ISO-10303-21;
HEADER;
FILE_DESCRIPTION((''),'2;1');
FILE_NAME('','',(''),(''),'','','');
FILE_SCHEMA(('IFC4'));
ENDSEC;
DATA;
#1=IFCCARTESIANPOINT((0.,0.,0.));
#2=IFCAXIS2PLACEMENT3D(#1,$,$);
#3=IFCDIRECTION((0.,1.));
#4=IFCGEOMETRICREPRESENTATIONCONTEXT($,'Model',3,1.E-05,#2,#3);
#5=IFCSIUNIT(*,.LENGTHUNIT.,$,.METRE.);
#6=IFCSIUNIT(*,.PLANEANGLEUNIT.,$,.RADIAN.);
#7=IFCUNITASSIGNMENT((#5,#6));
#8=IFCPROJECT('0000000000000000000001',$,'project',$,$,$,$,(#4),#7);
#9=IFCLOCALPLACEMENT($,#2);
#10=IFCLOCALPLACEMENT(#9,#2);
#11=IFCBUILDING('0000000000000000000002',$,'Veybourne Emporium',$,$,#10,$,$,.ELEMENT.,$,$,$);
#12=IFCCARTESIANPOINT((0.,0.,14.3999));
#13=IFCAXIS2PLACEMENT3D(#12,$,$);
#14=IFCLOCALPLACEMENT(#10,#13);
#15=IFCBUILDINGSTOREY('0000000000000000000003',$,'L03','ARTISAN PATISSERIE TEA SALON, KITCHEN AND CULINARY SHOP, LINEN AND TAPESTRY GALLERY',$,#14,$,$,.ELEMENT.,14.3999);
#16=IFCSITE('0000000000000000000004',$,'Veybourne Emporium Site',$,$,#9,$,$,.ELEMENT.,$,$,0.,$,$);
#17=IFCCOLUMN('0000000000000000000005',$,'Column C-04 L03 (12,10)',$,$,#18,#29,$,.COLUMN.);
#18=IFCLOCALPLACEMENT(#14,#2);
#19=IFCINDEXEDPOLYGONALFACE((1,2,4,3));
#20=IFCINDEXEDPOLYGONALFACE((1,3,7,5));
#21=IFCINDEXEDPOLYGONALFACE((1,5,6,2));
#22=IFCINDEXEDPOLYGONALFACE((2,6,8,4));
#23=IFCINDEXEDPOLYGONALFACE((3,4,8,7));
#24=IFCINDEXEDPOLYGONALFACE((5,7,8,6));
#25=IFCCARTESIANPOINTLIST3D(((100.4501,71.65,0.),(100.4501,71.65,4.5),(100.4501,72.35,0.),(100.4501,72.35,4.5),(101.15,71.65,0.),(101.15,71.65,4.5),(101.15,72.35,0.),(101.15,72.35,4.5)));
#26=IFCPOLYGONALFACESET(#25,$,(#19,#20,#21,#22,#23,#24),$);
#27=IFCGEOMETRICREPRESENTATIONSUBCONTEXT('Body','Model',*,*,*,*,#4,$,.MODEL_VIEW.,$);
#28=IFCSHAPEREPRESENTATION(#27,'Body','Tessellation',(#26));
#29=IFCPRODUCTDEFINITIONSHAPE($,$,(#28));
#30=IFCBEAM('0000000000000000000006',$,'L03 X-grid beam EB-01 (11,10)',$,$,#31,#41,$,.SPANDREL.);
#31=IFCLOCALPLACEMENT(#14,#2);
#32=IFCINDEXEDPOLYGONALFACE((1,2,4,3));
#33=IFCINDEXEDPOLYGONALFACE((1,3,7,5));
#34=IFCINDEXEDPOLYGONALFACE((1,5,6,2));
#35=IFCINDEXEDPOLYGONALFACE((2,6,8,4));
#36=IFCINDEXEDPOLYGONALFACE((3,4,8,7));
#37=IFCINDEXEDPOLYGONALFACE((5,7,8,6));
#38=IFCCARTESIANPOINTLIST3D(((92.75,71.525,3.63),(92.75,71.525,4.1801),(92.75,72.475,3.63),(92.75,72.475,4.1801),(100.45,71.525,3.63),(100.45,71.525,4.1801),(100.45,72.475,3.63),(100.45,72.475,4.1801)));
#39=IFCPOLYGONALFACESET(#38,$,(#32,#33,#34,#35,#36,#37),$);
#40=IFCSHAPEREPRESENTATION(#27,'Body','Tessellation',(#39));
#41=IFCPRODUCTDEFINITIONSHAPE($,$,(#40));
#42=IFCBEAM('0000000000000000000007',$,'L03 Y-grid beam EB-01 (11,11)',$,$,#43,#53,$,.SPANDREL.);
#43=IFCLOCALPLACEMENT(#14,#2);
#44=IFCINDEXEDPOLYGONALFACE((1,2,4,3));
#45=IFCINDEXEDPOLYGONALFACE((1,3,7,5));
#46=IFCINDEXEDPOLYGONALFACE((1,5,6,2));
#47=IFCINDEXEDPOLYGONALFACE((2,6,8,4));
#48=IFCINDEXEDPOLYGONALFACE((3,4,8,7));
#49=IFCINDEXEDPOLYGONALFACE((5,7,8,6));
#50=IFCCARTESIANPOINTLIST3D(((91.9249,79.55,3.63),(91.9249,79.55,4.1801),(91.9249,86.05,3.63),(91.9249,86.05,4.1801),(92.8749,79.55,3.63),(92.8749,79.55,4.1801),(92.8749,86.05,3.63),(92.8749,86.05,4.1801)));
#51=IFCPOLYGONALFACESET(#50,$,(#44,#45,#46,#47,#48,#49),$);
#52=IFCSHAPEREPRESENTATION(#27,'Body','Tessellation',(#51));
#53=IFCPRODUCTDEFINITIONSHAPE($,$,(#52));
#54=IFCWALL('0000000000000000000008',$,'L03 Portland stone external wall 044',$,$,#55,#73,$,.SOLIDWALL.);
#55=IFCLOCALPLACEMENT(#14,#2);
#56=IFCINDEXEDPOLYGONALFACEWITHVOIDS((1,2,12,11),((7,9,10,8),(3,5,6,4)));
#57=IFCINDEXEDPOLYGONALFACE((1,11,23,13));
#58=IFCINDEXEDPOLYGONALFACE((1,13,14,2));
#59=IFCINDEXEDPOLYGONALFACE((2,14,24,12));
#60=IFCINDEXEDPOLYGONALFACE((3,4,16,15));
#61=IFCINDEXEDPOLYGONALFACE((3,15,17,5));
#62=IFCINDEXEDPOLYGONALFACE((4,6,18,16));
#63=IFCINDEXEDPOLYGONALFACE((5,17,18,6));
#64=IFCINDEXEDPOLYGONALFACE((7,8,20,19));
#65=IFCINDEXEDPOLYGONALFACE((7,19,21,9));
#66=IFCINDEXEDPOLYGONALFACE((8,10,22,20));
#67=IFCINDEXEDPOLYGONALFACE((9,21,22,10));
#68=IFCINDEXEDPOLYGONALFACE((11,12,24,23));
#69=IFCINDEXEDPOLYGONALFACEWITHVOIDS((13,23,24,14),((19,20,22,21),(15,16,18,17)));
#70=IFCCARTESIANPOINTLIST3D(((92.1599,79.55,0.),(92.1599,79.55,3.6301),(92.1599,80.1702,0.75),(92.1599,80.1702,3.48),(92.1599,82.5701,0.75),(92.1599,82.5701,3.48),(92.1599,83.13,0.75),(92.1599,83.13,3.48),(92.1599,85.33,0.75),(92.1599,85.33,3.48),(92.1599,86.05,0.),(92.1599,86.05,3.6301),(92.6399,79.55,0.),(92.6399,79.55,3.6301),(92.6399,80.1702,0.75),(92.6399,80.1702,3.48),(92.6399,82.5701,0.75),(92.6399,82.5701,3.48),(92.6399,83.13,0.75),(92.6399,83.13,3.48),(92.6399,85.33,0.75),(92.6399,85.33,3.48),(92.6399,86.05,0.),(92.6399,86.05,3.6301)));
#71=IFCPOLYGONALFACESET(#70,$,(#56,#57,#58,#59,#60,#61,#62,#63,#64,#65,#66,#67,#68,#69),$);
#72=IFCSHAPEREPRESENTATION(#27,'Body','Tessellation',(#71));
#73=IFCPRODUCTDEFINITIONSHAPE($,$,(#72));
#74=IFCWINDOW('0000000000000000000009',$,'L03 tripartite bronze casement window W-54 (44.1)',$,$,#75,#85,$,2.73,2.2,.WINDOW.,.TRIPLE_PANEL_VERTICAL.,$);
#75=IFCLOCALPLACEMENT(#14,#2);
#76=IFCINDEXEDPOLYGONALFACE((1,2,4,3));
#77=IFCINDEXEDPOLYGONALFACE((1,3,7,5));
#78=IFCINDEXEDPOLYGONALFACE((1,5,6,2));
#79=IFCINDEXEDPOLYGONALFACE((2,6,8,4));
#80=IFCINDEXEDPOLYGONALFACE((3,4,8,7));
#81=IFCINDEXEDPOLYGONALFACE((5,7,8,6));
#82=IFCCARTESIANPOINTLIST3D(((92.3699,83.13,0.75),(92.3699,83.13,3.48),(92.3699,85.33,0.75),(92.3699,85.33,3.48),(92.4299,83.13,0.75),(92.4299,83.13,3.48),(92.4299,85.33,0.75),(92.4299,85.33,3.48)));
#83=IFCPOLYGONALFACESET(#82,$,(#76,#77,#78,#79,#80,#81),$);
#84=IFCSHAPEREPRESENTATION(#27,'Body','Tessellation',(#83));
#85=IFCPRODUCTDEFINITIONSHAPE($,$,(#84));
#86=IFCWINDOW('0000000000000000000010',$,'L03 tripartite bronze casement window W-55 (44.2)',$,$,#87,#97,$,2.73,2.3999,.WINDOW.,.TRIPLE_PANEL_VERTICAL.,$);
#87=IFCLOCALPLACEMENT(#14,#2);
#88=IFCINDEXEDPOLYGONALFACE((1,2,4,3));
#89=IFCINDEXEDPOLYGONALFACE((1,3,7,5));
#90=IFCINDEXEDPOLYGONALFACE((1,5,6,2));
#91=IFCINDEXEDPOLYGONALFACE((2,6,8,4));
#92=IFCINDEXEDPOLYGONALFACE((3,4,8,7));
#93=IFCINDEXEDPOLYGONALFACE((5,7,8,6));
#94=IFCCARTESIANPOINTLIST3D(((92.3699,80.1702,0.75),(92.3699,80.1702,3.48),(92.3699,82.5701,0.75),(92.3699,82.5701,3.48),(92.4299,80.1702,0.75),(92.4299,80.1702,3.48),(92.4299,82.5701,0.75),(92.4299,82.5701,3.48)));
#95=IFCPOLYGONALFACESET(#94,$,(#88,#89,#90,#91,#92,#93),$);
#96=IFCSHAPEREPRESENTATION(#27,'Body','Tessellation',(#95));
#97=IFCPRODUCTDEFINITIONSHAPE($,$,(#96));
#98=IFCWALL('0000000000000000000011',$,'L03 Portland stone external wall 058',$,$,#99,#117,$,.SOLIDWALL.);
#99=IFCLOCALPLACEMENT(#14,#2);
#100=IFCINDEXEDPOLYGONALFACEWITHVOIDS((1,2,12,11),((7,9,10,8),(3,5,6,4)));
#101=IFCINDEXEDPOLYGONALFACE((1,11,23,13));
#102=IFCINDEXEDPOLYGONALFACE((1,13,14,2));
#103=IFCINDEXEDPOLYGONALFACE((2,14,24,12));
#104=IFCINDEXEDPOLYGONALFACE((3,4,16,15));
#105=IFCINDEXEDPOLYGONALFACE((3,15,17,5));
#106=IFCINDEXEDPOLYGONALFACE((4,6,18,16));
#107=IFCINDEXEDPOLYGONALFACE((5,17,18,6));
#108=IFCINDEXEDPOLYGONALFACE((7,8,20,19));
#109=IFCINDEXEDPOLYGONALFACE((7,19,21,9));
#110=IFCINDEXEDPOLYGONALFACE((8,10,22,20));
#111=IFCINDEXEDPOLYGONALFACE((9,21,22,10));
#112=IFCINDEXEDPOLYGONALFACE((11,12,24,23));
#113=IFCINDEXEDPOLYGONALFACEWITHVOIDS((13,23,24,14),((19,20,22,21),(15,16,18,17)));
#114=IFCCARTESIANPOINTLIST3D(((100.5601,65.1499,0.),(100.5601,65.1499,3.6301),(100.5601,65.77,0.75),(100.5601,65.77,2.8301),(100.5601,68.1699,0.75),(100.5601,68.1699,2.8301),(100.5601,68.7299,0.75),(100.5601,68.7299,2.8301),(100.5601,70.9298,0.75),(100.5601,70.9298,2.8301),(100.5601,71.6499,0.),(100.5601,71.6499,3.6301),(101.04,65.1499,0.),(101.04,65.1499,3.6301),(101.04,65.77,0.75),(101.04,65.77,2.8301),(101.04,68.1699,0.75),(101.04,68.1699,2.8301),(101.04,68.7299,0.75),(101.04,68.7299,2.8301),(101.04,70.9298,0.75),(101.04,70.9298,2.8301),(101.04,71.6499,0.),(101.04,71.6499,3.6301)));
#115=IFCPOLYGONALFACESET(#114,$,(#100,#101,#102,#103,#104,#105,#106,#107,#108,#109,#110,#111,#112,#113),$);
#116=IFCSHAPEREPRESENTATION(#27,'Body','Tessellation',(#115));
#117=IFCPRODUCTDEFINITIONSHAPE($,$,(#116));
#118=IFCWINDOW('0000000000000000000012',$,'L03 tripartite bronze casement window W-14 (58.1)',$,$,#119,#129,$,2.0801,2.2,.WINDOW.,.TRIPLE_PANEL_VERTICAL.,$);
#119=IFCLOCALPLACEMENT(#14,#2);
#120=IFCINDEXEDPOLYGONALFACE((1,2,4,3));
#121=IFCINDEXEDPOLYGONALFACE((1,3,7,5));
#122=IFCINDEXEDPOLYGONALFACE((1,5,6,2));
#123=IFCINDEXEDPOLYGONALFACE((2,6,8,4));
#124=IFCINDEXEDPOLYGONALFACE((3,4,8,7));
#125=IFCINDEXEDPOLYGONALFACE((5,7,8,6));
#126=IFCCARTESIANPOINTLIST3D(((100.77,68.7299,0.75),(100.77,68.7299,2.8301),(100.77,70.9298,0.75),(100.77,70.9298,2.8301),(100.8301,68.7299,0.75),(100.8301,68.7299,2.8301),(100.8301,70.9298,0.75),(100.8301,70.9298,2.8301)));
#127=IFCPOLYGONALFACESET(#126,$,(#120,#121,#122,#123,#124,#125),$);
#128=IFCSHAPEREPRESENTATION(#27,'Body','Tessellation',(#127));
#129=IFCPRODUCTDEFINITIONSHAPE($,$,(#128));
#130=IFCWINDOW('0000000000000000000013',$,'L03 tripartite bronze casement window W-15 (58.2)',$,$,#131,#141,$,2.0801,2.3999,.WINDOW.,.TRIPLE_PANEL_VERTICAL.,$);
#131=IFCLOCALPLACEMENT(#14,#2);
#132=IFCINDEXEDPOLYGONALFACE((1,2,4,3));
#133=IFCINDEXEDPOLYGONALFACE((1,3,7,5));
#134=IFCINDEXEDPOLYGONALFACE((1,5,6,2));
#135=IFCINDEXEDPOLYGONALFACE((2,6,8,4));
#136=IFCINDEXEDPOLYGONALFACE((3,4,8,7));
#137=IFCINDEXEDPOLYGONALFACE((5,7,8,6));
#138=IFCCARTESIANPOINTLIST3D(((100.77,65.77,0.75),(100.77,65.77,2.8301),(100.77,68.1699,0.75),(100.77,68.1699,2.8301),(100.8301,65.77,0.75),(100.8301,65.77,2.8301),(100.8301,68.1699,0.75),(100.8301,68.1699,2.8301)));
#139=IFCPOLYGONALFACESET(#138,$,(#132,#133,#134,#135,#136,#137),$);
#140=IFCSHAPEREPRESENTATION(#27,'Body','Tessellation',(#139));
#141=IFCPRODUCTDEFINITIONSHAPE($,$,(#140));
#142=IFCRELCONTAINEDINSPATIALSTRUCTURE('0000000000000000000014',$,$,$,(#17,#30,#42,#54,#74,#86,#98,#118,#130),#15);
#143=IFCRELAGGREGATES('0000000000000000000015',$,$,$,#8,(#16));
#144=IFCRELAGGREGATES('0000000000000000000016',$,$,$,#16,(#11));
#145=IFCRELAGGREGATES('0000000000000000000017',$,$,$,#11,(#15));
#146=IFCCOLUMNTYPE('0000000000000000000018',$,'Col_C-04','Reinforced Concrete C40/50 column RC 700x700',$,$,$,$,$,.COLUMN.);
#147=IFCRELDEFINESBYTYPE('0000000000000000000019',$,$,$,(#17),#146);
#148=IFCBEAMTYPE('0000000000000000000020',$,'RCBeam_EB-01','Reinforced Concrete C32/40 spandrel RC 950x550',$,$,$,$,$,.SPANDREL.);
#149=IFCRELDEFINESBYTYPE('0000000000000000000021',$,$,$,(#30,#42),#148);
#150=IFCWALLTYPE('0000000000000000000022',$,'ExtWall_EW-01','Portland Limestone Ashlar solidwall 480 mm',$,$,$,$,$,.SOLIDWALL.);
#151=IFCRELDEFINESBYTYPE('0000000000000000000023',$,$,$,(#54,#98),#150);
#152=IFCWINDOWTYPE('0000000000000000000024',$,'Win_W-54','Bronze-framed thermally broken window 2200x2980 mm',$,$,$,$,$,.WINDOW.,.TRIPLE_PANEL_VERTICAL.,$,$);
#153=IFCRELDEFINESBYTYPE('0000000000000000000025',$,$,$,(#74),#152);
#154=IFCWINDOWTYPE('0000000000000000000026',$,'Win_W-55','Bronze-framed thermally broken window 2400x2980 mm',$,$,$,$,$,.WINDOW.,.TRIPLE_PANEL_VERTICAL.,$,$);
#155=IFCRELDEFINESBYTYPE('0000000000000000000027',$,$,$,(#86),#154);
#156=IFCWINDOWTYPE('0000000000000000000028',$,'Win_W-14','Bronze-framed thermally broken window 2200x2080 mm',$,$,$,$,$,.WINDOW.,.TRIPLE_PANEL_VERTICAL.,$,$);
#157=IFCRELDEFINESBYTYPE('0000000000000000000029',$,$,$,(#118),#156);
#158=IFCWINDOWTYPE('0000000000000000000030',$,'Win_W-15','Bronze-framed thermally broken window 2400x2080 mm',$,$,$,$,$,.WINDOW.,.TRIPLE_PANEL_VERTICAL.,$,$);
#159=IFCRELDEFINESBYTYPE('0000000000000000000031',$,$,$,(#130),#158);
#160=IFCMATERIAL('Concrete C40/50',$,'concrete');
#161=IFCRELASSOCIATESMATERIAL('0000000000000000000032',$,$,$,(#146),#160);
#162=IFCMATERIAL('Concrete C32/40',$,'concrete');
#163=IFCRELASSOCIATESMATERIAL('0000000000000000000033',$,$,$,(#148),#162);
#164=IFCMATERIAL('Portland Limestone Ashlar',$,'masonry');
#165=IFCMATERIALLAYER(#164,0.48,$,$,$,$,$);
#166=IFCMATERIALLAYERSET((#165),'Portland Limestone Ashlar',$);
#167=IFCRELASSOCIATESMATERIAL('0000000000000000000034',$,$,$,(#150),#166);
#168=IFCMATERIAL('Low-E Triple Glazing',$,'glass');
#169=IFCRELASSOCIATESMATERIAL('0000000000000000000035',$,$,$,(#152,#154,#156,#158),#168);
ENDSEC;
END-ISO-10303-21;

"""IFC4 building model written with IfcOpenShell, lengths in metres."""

from ifc_helpers import new_model, si_unit, direction, frame, frame_2d, origin, origin_2d, place, context, subcontext, project, spatial, rectangle, extrude, material, layer, layer_set, material_profile, profile_set, type_object, element, fill, save


model = new_model("IFC4")

# Units and contexts
model_context = context("Model", 3, precision=1e-05, world=origin(), true_north=direction((0.0, 1.0)))
body_context = subcontext(model_context, "Body", "Model", "MODEL_VIEW")
ifc_project = project(units=[si_unit("LENGTHUNIT", "METRE"), si_unit("PLANEANGLEUNIT", "RADIAN")], contexts=[model_context])

# Site, building, storey
site_placement = place(None, origin())
site = spatial("IfcSite", under=ifc_project, at=site_placement, Name="Veybourne Emporium Site", CompositionType="ELEMENT", RefElevation=0.0)
building_placement = place(site_placement, origin())
building = spatial("IfcBuilding", under=site, at=building_placement, Name="Veybourne Emporium", CompositionType="ELEMENT")
storey_placement = place(building_placement, frame((0.0, 0.0, 14.3999)))
storey = spatial("IfcBuildingStorey", under=building, at=storey_placement, Name="L03", Description="ARTISAN PATISSERIE TEA SALON, KITCHEN AND CULINARY SHOP, LINEN AND TAPESTRY GALLERY", CompositionType="ELEMENT", Elevation=14.3999)

# Column
ifc_material_1 = material(Name="Concrete C40/50", Category="concrete")
ifc_material_profile_1 = material_profile(ifc_material_1, rectangle(XDim=0.7, YDim=0.7, at=origin_2d()), Name="RC 700x700")
ifc_profile_set_1 = profile_set([ifc_material_profile_1], Name="Concrete C40/50")
column_type = type_object("IfcColumnType", Name="Col_C-04", Description="Reinforced Concrete C40/50 column RC 700x700", PredefinedType="COLUMN", material=ifc_profile_set_1)
column_placement = place(storey_placement, frame((100.8, 72.0, 0.0), z_axis=(0.0, 0.0, 1.0), x_axis=(1.0, 0.0, 0.0)))
element("IfcColumn", 1, at=column_placement, inside=storey, type_object=column_type, Name="Column C-04 L03 (12,10)", PredefinedType="COLUMN", context=body_context, shape_type="SweptSolid", body=[
    extrude(rectangle(XDim=0.7, YDim=0.7, at=origin_2d()), origin(), (0.0, 0.0, 1.0), 4.5),
])

# Beams
ifc_material_2 = material(Name="Concrete C32/40", Category="concrete")
ifc_material_profile_2 = material_profile(ifc_material_2, rectangle(XDim=0.95, YDim=0.55, at=origin_2d()), Name="RC 950x550")
ifc_profile_set_2 = profile_set([ifc_material_profile_2], Name="Concrete C32/40")
beam_type = type_object("IfcBeamType", Name="RCBeam_EB-01", Description="Reinforced Concrete C32/40 spandrel RC 950x550", PredefinedType="SPANDREL", material=ifc_profile_set_2)
beam_1_placement = place(storey_placement, frame((92.75, 72.0, 3.905), z_axis=(1.0, 0.0, 0.0), x_axis=(0.0, 1.0, 0.0)))
element("IfcBeam", 2, at=beam_1_placement, inside=storey, type_object=beam_type, Name="L03 X-grid beam EB-01 (11,10)", PredefinedType="SPANDREL", context=body_context, shape_type="SweptSolid", body=[
    extrude(rectangle(XDim=0.95, YDim=0.55, at=origin_2d()), origin(), (0.0, 0.0, 1.0), 7.7),
])
beam_2_placement = place(storey_placement, frame((92.3999, 79.55, 3.905), z_axis=(0.0, 1.0, 0.0), x_axis=(-1.0, 0.0, 0.0)))
element("IfcBeam", 3, at=beam_2_placement, inside=storey, type_object=beam_type, Name="L03 Y-grid beam EB-01 (11,11)", PredefinedType="SPANDREL", context=body_context, shape_type="SweptSolid", body=[
    extrude(rectangle(XDim=0.95, YDim=0.55, at=origin_2d()), origin(), (0.0, 0.0, 1.0), 6.5),
])

# Walls, openings, windows
ifc_material_3 = material(Name="Portland Limestone Ashlar", Category="masonry")
ifc_layer_1 = layer(ifc_material_3, 0.48)
ifc_layer_set_1 = layer_set([ifc_layer_1], Name="Portland Limestone Ashlar")
wall_type = type_object("IfcWallType", Name="ExtWall_EW-01", Description="Portland Limestone Ashlar solidwall 480 mm", PredefinedType="SOLIDWALL", material=ifc_layer_set_1)
wall_1_placement = place(storey_placement, frame((92.3999, 86.05, 0.0), z_axis=(0.0, 0.0, 1.0), x_axis=(0.0, -1.0, 0.0)))
wall_1 = element("IfcWall", 4, at=wall_1_placement, inside=storey, type_object=wall_type, Name="L03 Portland stone external wall 044", PredefinedType="SOLIDWALL", context=body_context, shape_type="SweptSolid", body=[
    extrude(rectangle(XDim=6.5, YDim=0.48, at=frame_2d((3.25, 0.0))), origin(), (0.0, 0.0, 1.0), 3.6301),
])
opening_1_placement = place(wall_1_placement, frame((0.72, 0.0, 0.75)))
opening_1 = element("IfcOpeningElement", 5, at=opening_1_placement, cuts=wall_1, PredefinedType="OPENING", context=body_context, shape_type="SweptSolid", body=[
    extrude(rectangle(XDim=2.2, YDim=2.73, at=frame_2d((1.1001, 1.365))), frame((0.0, 0.26, 0.0), z_axis=(0.0, -1.0, 0.0), x_axis=(1.0, 0.0, 0.0)), (0.0, 0.0, 1.0), 0.52),
])
opening_2_placement = place(wall_1_placement, frame((3.48, 0.0, 0.75)))
opening_2 = element("IfcOpeningElement", 6, at=opening_2_placement, cuts=wall_1, PredefinedType="OPENING", context=body_context, shape_type="SweptSolid", body=[
    extrude(rectangle(XDim=2.3999, YDim=2.73, at=frame_2d((1.2, 1.365))), frame((0.0, 0.26, 0.0), z_axis=(0.0, -1.0, 0.0), x_axis=(1.0, 0.0, 0.0)), (0.0, 0.0, 1.0), 0.52),
])
ifc_material_4 = material(Name="Low-E Triple Glazing", Category="glass")
window_type_1 = type_object("IfcWindowType", Name="Win_W-54", Description="Bronze-framed thermally broken window 2200x2980 mm", PartitioningType="TRIPLE_PANEL_VERTICAL", PredefinedType="WINDOW", material=ifc_material_4)
window_1_placement = place(opening_1_placement, origin())
window_1 = element("IfcWindow", 7, at=window_1_placement, inside=storey, type_object=window_type_1, Name="L03 tripartite bronze casement window W-54 (44.1)", OverallHeight=2.73, OverallWidth=2.2, PartitioningType="TRIPLE_PANEL_VERTICAL", PredefinedType="WINDOW", context=body_context, shape_type="SweptSolid", body=[
    extrude(rectangle(XDim=2.2, YDim=2.73, at=frame_2d((1.1001, 1.365))), frame((0.0, 0.03, 0.0), z_axis=(0.0, -1.0, 0.0), x_axis=(1.0, 0.0, 0.0)), (0.0, 0.0, 1.0), 0.0601),
])
fill(opening_1, window_1)
window_type_2 = type_object("IfcWindowType", Name="Win_W-55", Description="Bronze-framed thermally broken window 2400x2980 mm", PartitioningType="TRIPLE_PANEL_VERTICAL", PredefinedType="WINDOW", material=ifc_material_4)
window_2_placement = place(opening_2_placement, origin())
window_2 = element("IfcWindow", 8, at=window_2_placement, inside=storey, type_object=window_type_2, Name="L03 tripartite bronze casement window W-55 (44.2)", OverallHeight=2.73, OverallWidth=2.3999, PartitioningType="TRIPLE_PANEL_VERTICAL", PredefinedType="WINDOW", context=body_context, shape_type="SweptSolid", body=[
    extrude(rectangle(XDim=2.3999, YDim=2.73, at=frame_2d((1.2, 1.365))), frame((0.0, 0.03, 0.0), z_axis=(0.0, -1.0, 0.0), x_axis=(1.0, 0.0, 0.0)), (0.0, 0.0, 1.0), 0.0601),
])
fill(opening_2, window_2)
wall_2_placement = place(storey_placement, frame((100.8, 71.6499, 0.0), z_axis=(0.0, 0.0, 1.0), x_axis=(0.0, -1.0, 0.0)))
wall_2 = element("IfcWall", 9, at=wall_2_placement, inside=storey, type_object=wall_type, Name="L03 Portland stone external wall 058", PredefinedType="SOLIDWALL", context=body_context, shape_type="SweptSolid", body=[
    extrude(rectangle(XDim=6.5, YDim=0.48, at=frame_2d((3.25, 0.0))), origin(), (0.0, 0.0, 1.0), 3.6301),
])
opening_3_placement = place(wall_2_placement, frame((0.72, 0.0, 0.75)))
opening_3 = element("IfcOpeningElement", 10, at=opening_3_placement, cuts=wall_2, PredefinedType="OPENING", context=body_context, shape_type="SweptSolid", body=[
    extrude(rectangle(XDim=2.2, YDim=2.0801, at=frame_2d((1.1001, 1.04))), frame((0.0, 0.26, 0.0), z_axis=(0.0, -1.0, 0.0), x_axis=(1.0, 0.0, 0.0)), (0.0, 0.0, 1.0), 0.52),
])
opening_4_placement = place(wall_2_placement, frame((3.48, 0.0, 0.75)))
opening_4 = element("IfcOpeningElement", 11, at=opening_4_placement, cuts=wall_2, PredefinedType="OPENING", context=body_context, shape_type="SweptSolid", body=[
    extrude(rectangle(XDim=2.3999, YDim=2.0801, at=frame_2d((1.2, 1.04))), frame((0.0, 0.26, 0.0), z_axis=(0.0, -1.0, 0.0), x_axis=(1.0, 0.0, 0.0)), (0.0, 0.0, 1.0), 0.52),
])
window_type_3 = type_object("IfcWindowType", Name="Win_W-14", Description="Bronze-framed thermally broken window 2200x2080 mm", PartitioningType="TRIPLE_PANEL_VERTICAL", PredefinedType="WINDOW", material=ifc_material_4)
window_3_placement = place(opening_3_placement, origin())
window_3 = element("IfcWindow", 12, at=window_3_placement, inside=storey, type_object=window_type_3, Name="L03 tripartite bronze casement window W-14 (58.1)", OverallHeight=2.0801, OverallWidth=2.2, PartitioningType="TRIPLE_PANEL_VERTICAL", PredefinedType="WINDOW", context=body_context, shape_type="SweptSolid", body=[
    extrude(rectangle(XDim=2.2, YDim=2.0801, at=frame_2d((1.1001, 1.04))), frame((0.0, 0.03, 0.0), z_axis=(0.0, -1.0, 0.0), x_axis=(1.0, 0.0, 0.0)), (0.0, 0.0, 1.0), 0.0601),
])
fill(opening_3, window_3)
window_type_4 = type_object("IfcWindowType", Name="Win_W-15", Description="Bronze-framed thermally broken window 2400x2080 mm", PartitioningType="TRIPLE_PANEL_VERTICAL", PredefinedType="WINDOW", material=ifc_material_4)
window_4_placement = place(opening_4_placement, origin())
window_4 = element("IfcWindow", 13, at=window_4_placement, inside=storey, type_object=window_type_4, Name="L03 tripartite bronze casement window W-15 (58.2)", OverallHeight=2.0801, OverallWidth=2.3999, PartitioningType="TRIPLE_PANEL_VERTICAL", PredefinedType="WINDOW", context=body_context, shape_type="SweptSolid", body=[
    extrude(rectangle(XDim=2.3999, YDim=2.0801, at=frame_2d((1.2, 1.04))), frame((0.0, 0.03, 0.0), z_axis=(0.0, -1.0, 0.0), x_axis=(1.0, 0.0, 0.0)), (0.0, 0.0, 1.0), 0.0601),
])
fill(opening_4, window_4)

save(model, "model.ifc")
